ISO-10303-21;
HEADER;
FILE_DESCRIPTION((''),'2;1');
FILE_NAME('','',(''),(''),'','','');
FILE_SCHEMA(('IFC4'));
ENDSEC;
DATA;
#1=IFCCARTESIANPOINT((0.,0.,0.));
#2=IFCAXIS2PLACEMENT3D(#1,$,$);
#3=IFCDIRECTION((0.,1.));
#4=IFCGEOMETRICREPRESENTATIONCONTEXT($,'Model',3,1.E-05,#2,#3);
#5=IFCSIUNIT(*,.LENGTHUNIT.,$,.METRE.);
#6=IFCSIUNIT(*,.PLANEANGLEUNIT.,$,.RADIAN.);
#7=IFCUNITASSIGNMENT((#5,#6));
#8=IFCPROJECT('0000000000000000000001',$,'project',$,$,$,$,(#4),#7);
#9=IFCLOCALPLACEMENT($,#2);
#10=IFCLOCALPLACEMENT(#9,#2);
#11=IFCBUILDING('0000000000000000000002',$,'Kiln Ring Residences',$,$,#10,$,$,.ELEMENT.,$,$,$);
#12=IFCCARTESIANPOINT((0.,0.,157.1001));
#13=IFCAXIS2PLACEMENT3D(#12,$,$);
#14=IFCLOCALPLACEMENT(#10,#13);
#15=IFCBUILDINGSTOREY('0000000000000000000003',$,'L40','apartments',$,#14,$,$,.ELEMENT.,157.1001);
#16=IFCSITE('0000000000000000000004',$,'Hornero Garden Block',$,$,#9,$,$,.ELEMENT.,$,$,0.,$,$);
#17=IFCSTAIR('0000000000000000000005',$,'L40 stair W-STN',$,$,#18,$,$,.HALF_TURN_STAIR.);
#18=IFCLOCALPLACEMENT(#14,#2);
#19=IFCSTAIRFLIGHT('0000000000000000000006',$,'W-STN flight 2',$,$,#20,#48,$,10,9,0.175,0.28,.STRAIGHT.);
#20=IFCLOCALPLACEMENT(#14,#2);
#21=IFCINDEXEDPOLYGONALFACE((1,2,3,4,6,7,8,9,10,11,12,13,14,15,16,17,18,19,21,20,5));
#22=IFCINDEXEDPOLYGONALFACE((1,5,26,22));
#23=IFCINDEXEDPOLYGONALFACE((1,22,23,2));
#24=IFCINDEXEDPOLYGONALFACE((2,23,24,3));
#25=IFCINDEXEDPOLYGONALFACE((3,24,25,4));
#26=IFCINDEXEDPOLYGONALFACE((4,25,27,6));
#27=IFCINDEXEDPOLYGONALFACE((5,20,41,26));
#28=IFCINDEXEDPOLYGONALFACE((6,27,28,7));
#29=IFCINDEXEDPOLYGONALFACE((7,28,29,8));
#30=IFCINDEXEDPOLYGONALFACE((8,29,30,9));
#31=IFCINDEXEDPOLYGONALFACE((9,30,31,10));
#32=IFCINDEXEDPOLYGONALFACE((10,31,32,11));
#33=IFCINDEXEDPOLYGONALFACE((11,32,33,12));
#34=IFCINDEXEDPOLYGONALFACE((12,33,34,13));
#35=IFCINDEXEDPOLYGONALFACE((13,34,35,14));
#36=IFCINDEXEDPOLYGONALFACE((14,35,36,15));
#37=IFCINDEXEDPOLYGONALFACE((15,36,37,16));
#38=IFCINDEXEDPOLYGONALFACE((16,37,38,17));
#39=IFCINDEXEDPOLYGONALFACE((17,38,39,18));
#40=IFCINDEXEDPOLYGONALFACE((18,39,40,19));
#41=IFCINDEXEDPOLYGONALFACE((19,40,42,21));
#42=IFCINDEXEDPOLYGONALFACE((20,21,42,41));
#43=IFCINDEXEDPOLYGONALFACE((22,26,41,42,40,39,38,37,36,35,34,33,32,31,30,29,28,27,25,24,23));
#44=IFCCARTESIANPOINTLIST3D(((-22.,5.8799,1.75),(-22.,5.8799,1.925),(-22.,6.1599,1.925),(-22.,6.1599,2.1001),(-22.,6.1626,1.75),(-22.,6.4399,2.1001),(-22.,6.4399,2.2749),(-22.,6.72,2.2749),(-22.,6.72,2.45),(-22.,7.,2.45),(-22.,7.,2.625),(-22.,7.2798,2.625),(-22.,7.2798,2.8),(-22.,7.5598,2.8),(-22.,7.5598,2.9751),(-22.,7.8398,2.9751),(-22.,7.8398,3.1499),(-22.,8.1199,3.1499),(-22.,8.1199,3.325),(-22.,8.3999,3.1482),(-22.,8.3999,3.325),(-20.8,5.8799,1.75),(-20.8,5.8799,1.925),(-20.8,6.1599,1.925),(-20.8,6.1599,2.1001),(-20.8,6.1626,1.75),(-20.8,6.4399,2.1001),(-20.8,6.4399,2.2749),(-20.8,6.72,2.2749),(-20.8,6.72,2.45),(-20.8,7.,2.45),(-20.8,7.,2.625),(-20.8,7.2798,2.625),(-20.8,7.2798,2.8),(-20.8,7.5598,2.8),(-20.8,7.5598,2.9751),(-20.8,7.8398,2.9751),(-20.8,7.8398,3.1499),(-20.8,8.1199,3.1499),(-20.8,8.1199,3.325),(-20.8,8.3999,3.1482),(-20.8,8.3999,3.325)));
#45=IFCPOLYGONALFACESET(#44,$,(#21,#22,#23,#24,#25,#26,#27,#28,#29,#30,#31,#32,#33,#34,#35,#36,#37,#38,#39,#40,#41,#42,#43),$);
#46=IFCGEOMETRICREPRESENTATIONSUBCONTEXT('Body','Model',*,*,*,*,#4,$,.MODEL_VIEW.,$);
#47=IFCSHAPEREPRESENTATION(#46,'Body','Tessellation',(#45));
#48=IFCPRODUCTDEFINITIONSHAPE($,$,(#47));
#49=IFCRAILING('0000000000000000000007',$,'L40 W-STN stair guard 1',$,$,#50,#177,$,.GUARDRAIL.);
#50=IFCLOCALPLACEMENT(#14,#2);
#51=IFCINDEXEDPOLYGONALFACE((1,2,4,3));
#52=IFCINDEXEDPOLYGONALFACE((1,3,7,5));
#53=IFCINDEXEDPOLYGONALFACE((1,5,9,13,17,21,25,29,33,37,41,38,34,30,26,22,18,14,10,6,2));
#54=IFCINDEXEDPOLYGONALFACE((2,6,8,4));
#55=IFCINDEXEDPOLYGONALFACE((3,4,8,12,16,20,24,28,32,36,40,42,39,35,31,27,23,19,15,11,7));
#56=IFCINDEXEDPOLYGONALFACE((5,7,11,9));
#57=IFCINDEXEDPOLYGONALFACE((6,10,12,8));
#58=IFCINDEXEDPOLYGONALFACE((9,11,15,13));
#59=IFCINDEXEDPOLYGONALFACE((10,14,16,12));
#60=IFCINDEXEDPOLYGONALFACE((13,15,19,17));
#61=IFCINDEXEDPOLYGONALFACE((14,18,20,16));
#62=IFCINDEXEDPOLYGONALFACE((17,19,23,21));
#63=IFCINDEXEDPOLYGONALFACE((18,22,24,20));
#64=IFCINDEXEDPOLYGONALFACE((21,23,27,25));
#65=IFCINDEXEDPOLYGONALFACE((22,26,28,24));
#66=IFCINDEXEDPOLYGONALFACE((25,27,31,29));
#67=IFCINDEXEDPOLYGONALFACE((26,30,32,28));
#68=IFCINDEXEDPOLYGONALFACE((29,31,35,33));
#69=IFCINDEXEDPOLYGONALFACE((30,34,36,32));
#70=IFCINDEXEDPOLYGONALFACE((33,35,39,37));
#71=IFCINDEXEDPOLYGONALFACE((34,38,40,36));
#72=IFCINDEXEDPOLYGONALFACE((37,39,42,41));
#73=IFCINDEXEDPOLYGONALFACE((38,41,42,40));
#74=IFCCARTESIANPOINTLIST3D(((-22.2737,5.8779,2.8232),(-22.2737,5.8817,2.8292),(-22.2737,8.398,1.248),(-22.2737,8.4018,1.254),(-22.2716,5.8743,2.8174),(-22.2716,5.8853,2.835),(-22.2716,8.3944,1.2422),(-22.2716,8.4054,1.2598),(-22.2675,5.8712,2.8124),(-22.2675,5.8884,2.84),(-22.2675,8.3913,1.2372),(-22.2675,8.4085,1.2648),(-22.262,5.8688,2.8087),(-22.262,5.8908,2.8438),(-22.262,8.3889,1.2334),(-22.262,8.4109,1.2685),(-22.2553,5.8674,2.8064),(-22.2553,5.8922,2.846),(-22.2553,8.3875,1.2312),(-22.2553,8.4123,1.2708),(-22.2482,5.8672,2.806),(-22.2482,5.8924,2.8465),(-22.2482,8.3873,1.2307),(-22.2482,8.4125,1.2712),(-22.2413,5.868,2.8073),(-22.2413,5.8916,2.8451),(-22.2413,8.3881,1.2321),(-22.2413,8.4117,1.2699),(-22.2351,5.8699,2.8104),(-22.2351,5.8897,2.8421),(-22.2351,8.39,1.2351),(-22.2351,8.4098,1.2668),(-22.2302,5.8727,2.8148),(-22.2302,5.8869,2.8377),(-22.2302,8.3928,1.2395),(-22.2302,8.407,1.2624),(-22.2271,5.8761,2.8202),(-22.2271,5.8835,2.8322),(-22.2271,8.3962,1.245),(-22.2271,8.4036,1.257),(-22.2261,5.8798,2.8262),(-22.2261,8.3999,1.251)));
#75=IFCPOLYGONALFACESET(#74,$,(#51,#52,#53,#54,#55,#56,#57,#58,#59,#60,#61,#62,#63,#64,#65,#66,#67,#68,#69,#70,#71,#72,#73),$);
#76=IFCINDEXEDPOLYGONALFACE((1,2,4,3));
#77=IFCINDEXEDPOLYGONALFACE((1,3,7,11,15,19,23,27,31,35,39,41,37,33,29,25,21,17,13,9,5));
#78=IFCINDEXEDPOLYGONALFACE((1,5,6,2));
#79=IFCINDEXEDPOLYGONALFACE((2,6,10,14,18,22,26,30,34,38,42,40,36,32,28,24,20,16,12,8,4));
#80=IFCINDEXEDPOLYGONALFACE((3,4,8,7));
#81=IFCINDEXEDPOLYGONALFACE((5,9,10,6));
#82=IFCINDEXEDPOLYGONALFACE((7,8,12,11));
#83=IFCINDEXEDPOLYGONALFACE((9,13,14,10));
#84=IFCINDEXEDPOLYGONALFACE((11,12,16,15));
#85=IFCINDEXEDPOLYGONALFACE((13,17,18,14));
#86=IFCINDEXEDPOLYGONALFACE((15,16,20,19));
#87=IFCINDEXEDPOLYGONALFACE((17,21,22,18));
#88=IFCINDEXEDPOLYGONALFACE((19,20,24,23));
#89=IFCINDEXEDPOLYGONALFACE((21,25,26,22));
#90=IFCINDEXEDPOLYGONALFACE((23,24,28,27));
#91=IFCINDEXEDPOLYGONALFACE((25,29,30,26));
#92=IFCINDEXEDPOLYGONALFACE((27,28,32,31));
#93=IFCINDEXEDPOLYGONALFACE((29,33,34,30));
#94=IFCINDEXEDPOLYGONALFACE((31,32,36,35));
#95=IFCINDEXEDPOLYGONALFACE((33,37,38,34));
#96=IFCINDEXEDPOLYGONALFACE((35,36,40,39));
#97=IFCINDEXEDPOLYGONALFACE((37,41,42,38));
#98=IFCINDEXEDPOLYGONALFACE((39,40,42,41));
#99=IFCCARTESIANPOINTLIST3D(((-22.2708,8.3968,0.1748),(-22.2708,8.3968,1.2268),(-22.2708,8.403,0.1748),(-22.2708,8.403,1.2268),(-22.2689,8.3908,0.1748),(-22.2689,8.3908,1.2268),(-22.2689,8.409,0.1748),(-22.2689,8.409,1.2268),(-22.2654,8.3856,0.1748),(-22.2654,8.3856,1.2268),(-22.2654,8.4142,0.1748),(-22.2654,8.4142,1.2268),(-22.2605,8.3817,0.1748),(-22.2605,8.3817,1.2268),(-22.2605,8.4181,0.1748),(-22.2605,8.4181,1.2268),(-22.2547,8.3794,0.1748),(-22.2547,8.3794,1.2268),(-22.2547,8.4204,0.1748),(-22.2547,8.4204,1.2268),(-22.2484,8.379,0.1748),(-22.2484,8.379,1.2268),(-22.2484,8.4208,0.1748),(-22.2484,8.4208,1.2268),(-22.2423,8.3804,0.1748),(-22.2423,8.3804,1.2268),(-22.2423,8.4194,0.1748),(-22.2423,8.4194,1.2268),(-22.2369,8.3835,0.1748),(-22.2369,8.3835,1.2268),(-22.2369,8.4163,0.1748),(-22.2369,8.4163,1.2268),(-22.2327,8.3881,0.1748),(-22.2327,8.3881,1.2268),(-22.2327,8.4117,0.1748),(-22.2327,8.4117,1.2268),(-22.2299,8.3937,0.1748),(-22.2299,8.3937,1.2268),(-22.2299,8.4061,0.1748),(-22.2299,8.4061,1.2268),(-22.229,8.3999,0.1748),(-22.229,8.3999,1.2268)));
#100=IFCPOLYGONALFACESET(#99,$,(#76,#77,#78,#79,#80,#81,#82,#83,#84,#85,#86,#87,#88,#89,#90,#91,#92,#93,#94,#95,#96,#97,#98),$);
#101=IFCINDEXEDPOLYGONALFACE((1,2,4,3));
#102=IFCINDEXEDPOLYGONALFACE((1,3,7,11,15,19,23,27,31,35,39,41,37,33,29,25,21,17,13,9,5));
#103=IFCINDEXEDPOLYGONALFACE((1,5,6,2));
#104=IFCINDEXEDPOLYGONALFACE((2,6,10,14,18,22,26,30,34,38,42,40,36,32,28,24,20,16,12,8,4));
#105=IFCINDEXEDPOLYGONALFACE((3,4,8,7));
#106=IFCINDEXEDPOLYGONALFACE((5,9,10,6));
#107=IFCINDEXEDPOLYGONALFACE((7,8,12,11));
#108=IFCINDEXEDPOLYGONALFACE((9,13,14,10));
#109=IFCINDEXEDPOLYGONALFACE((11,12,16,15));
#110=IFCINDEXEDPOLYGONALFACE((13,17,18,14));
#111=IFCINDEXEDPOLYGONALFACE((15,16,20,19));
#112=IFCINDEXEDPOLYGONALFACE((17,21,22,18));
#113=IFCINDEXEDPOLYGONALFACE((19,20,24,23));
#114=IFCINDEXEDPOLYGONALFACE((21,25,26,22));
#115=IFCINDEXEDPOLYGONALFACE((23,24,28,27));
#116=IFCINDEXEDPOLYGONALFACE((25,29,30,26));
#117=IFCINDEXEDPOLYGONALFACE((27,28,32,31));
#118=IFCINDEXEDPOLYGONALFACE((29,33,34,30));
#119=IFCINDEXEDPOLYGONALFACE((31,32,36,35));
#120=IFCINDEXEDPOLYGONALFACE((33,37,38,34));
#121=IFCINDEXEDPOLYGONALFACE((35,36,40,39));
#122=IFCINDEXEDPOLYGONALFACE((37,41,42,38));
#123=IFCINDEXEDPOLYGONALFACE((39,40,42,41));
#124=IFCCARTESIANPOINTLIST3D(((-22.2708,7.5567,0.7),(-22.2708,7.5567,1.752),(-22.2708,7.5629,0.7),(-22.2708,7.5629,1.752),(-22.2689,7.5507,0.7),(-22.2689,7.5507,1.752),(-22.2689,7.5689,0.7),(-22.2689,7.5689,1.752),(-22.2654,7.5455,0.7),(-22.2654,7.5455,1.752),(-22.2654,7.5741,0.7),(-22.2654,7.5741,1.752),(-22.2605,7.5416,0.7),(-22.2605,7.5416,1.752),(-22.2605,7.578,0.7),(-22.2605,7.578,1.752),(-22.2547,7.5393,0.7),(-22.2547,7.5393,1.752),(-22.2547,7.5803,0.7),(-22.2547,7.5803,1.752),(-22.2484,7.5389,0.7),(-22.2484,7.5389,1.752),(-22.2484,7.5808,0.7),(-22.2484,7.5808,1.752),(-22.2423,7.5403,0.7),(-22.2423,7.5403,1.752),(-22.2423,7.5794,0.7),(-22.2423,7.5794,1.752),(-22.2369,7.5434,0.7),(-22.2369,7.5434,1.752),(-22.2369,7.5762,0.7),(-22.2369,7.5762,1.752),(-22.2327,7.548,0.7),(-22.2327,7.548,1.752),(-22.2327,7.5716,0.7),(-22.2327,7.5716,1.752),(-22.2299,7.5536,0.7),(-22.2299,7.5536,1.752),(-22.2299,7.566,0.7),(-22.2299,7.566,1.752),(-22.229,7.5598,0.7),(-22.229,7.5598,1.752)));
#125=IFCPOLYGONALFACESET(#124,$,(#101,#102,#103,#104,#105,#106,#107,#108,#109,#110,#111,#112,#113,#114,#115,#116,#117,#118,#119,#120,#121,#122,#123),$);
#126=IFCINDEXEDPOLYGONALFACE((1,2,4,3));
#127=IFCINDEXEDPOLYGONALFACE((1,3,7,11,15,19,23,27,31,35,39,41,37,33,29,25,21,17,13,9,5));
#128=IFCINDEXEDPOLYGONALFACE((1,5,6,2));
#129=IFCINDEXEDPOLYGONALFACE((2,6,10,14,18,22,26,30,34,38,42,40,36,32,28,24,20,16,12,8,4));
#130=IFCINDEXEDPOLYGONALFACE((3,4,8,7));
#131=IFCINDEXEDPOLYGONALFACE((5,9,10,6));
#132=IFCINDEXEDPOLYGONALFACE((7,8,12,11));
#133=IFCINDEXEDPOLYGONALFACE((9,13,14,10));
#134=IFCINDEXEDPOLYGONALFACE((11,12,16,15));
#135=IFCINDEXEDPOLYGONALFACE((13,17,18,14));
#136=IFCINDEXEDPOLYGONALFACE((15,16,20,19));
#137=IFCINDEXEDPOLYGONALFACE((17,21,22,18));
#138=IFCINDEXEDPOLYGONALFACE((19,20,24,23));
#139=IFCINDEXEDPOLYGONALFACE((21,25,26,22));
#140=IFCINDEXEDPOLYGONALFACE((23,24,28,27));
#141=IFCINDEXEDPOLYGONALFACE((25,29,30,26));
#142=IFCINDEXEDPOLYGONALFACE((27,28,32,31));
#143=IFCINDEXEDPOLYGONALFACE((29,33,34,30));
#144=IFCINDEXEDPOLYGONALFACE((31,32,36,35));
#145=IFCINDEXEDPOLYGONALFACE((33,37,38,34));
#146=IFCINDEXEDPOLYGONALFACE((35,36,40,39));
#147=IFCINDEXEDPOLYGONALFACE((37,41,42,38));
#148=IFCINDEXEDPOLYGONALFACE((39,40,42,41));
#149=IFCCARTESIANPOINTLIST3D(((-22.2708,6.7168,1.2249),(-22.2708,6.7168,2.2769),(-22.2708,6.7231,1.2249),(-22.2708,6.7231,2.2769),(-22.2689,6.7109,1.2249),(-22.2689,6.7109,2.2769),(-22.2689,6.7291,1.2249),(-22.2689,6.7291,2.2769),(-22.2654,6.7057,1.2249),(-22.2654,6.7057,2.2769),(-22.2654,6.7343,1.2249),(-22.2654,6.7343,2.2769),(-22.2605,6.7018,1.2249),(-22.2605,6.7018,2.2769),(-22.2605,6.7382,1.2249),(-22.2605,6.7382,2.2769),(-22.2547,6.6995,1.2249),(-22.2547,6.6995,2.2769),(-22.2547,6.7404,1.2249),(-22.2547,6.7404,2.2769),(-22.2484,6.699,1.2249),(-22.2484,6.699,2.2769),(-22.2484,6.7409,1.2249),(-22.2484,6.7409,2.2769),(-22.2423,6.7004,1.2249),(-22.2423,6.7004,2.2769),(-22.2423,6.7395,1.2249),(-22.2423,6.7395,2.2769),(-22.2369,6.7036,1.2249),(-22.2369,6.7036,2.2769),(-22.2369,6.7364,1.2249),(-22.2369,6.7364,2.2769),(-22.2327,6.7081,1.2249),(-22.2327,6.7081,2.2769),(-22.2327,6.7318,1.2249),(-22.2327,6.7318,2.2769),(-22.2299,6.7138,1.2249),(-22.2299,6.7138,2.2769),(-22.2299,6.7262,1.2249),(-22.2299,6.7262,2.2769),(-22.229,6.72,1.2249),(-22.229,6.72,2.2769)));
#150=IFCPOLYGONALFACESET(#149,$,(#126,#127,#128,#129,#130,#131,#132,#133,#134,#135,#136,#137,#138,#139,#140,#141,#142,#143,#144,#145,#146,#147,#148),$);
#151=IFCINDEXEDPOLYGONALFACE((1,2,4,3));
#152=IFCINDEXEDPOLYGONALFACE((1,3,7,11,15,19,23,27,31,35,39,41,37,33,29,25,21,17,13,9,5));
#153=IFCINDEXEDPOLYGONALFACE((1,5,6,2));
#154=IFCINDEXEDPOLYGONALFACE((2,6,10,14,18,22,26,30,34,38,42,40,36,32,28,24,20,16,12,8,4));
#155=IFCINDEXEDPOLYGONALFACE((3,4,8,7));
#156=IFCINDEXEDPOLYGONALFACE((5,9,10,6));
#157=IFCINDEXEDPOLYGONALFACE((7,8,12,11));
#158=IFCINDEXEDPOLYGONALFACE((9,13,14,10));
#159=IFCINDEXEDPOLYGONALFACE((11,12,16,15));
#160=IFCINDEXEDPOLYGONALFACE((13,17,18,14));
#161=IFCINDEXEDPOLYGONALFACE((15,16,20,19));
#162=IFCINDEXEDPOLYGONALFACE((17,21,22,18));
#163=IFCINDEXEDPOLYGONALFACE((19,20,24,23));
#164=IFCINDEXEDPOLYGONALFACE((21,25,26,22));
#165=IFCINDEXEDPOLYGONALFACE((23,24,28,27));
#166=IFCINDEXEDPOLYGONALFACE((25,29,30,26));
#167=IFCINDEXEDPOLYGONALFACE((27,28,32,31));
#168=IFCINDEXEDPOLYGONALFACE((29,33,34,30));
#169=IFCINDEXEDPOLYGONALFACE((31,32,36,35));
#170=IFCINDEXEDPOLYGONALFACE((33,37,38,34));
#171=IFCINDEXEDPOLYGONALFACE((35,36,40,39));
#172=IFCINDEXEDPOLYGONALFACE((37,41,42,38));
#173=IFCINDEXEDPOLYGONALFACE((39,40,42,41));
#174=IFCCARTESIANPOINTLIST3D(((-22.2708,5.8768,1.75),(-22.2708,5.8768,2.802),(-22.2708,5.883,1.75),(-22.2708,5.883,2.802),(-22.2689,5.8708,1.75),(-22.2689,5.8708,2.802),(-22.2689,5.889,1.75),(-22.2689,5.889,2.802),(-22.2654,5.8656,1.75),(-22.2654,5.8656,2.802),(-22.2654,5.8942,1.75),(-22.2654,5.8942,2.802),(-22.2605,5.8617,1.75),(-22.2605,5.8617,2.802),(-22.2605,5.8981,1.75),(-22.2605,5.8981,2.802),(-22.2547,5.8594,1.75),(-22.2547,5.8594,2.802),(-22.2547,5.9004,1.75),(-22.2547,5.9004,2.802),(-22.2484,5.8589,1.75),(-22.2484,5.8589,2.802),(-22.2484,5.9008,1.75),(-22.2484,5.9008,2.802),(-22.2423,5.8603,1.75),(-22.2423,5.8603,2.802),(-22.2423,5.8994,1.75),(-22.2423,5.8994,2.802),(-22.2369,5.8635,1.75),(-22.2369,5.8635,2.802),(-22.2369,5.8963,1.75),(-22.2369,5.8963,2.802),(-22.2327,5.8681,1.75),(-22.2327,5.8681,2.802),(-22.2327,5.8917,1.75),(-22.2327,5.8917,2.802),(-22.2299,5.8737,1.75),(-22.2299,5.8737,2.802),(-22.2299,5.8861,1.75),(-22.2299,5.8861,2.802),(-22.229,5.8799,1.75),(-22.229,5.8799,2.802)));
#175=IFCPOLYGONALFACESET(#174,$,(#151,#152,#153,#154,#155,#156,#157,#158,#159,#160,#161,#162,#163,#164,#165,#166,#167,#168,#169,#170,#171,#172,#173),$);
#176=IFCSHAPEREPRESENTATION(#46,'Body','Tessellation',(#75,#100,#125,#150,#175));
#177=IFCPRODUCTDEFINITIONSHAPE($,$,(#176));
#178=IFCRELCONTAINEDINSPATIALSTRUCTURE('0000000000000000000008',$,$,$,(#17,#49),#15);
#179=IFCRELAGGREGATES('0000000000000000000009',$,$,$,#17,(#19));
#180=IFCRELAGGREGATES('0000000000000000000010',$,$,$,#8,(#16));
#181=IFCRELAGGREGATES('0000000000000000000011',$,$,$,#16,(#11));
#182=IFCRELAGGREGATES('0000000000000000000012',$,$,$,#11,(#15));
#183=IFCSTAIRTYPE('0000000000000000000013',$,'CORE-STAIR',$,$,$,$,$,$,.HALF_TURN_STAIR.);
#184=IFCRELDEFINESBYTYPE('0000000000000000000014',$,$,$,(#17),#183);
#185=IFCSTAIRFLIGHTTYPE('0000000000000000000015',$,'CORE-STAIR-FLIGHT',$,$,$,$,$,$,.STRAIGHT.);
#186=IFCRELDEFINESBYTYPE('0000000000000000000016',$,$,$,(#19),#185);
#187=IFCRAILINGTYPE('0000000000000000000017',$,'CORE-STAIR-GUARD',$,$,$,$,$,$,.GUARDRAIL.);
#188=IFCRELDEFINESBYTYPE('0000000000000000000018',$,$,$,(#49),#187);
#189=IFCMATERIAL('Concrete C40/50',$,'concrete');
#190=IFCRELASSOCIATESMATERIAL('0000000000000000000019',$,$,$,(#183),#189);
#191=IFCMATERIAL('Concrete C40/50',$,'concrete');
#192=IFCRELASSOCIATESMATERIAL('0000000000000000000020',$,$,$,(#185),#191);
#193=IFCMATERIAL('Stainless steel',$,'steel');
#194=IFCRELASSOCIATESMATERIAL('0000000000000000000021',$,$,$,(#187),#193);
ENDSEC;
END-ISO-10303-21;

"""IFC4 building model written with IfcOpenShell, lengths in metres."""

from ifc_helpers import new_model, si_unit, direction, frame, origin, origin_2d, place, context, subcontext, project, spatial, polyline, circle, outline, extrude, material, type_object, element, aggregate, save


model = new_model("IFC4")

# Units and contexts
model_context = context("Model", 3, precision=1e-05, world=origin(), true_north=direction((0.0, 1.0)))
body_context = subcontext(model_context, "Body", "Model", "MODEL_VIEW")
ifc_project = project(units=[si_unit("LENGTHUNIT", "METRE"), si_unit("PLANEANGLEUNIT", "RADIAN")], contexts=[model_context])

# Site, building, storey
site_placement = place(None, origin())
site = spatial("IfcSite", under=ifc_project, at=site_placement, Name="Hornero Garden Block", CompositionType="ELEMENT", RefElevation=0.0)
building_placement = place(site_placement, origin())
building = spatial("IfcBuilding", under=site, at=building_placement, Name="Kiln Ring Residences", CompositionType="ELEMENT")
storey_placement = place(building_placement, frame((0.0, 0.0, 157.1001)))
storey = spatial("IfcBuildingStorey", under=building, at=storey_placement, Name="L40", Description="apartments", CompositionType="ELEMENT", Elevation=157.1001)

# Stair, stair flight
ifc_material_1 = material(Name="Concrete C40/50", Category="concrete")
stair_type = type_object("IfcStairType", Name="CORE-STAIR", PredefinedType="HALF_TURN_STAIR", material=ifc_material_1)
stair_placement = place(storey_placement, origin())
stair = element("IfcStair", 1, at=stair_placement, inside=storey, type_object=stair_type, Name="L40 stair W-STN", PredefinedType="HALF_TURN_STAIR")
ifc_material_2 = material(Name="Concrete C40/50", Category="concrete")
stair_flight_type = type_object("IfcStairFlightType", Name="CORE-STAIR-FLIGHT", PredefinedType="STRAIGHT", material=ifc_material_2)
stair_flight_1_placement = place(storey_placement, frame((-21.3999, 5.8799, 1.75), z_axis=(0.0, 0.0, 1.0), x_axis=(0.0, 1.0, 0.0)))
stair_flight_1 = element("IfcStairFlight", 2, at=stair_flight_1_placement, type_object=stair_flight_type, Name="W-STN flight 2", NumberOfRisers=10, NumberOfTreads=9, PredefinedType="STRAIGHT", RiserHeight=0.175, TreadLength=0.28, context=body_context, shape_type="SweptSolid", body=[
    extrude(outline(polyline([(0.0, 0.0), (0.0, 0.175), (0.28, 0.175), (0.28, 0.3501), (0.5601, 0.3501), (0.5601, 0.5249), (0.8401, 0.5249), (0.8401, 0.7), (1.1201, 0.7), (1.1201, 0.875), (1.3999, 0.875), (1.3999, 1.05), (1.6799, 1.05), (1.6799, 1.2251), (1.96, 1.2251), (1.96, 1.3999), (2.24, 1.3999), (2.24, 1.575), (2.52, 1.575), (2.52, 1.75), (2.52, 1.3982), (0.2827, 0.0), (0.0, 0.0)])), frame((0.0, 0.6001, 0.0), z_axis=(0.0, -1.0, 0.0), x_axis=(1.0, 0.0, 0.0)), (0.0, 0.0, 1.0), 1.2),
])
aggregate(stair, [stair_flight_1])

# Railing
ifc_material_3 = material(Name="Stainless steel", Category="steel")
railing_type_1 = type_object("IfcRailingType", Name="CORE-STAIR-GUARD", PredefinedType="GUARDRAIL", material=ifc_material_3)
railing_1_placement = place(storey_placement, frame((-22.25, 8.3999, 0.1748)))
element("IfcRailing", 3, at=railing_1_placement, inside=storey, type_object=railing_type_1, Name="L40 W-STN stair guard 1", PredefinedType="GUARDRAIL", context=body_context, shape_type="SweptSolid", body=[
    extrude(circle(Radius=0.0239, at=origin_2d()), frame((0.0, 0.0, 1.0762), z_axis=(0.0, -0.847971, 0.530043), x_axis=(1.0, 0.0, 0.0)), (0.0, 0.0, 1.0), 2.9719),
    extrude(circle(Radius=0.021, at=origin_2d()), origin(), (0.0, 0.0, 1.0), 1.052),
    extrude(circle(Radius=0.021, at=origin_2d()), frame((0.0, -0.8401, 0.5251)), (0.0, 0.0, 1.0), 1.052),
    extrude(circle(Radius=0.021, at=origin_2d()), frame((0.0, -1.6799, 1.05)), (0.0, 0.0, 1.0), 1.052),
    extrude(circle(Radius=0.021, at=origin_2d()), frame((0.0, -2.52, 1.5752)), (0.0, 0.0, 1.0), 1.052),
])

save(model, "model.ifc")
